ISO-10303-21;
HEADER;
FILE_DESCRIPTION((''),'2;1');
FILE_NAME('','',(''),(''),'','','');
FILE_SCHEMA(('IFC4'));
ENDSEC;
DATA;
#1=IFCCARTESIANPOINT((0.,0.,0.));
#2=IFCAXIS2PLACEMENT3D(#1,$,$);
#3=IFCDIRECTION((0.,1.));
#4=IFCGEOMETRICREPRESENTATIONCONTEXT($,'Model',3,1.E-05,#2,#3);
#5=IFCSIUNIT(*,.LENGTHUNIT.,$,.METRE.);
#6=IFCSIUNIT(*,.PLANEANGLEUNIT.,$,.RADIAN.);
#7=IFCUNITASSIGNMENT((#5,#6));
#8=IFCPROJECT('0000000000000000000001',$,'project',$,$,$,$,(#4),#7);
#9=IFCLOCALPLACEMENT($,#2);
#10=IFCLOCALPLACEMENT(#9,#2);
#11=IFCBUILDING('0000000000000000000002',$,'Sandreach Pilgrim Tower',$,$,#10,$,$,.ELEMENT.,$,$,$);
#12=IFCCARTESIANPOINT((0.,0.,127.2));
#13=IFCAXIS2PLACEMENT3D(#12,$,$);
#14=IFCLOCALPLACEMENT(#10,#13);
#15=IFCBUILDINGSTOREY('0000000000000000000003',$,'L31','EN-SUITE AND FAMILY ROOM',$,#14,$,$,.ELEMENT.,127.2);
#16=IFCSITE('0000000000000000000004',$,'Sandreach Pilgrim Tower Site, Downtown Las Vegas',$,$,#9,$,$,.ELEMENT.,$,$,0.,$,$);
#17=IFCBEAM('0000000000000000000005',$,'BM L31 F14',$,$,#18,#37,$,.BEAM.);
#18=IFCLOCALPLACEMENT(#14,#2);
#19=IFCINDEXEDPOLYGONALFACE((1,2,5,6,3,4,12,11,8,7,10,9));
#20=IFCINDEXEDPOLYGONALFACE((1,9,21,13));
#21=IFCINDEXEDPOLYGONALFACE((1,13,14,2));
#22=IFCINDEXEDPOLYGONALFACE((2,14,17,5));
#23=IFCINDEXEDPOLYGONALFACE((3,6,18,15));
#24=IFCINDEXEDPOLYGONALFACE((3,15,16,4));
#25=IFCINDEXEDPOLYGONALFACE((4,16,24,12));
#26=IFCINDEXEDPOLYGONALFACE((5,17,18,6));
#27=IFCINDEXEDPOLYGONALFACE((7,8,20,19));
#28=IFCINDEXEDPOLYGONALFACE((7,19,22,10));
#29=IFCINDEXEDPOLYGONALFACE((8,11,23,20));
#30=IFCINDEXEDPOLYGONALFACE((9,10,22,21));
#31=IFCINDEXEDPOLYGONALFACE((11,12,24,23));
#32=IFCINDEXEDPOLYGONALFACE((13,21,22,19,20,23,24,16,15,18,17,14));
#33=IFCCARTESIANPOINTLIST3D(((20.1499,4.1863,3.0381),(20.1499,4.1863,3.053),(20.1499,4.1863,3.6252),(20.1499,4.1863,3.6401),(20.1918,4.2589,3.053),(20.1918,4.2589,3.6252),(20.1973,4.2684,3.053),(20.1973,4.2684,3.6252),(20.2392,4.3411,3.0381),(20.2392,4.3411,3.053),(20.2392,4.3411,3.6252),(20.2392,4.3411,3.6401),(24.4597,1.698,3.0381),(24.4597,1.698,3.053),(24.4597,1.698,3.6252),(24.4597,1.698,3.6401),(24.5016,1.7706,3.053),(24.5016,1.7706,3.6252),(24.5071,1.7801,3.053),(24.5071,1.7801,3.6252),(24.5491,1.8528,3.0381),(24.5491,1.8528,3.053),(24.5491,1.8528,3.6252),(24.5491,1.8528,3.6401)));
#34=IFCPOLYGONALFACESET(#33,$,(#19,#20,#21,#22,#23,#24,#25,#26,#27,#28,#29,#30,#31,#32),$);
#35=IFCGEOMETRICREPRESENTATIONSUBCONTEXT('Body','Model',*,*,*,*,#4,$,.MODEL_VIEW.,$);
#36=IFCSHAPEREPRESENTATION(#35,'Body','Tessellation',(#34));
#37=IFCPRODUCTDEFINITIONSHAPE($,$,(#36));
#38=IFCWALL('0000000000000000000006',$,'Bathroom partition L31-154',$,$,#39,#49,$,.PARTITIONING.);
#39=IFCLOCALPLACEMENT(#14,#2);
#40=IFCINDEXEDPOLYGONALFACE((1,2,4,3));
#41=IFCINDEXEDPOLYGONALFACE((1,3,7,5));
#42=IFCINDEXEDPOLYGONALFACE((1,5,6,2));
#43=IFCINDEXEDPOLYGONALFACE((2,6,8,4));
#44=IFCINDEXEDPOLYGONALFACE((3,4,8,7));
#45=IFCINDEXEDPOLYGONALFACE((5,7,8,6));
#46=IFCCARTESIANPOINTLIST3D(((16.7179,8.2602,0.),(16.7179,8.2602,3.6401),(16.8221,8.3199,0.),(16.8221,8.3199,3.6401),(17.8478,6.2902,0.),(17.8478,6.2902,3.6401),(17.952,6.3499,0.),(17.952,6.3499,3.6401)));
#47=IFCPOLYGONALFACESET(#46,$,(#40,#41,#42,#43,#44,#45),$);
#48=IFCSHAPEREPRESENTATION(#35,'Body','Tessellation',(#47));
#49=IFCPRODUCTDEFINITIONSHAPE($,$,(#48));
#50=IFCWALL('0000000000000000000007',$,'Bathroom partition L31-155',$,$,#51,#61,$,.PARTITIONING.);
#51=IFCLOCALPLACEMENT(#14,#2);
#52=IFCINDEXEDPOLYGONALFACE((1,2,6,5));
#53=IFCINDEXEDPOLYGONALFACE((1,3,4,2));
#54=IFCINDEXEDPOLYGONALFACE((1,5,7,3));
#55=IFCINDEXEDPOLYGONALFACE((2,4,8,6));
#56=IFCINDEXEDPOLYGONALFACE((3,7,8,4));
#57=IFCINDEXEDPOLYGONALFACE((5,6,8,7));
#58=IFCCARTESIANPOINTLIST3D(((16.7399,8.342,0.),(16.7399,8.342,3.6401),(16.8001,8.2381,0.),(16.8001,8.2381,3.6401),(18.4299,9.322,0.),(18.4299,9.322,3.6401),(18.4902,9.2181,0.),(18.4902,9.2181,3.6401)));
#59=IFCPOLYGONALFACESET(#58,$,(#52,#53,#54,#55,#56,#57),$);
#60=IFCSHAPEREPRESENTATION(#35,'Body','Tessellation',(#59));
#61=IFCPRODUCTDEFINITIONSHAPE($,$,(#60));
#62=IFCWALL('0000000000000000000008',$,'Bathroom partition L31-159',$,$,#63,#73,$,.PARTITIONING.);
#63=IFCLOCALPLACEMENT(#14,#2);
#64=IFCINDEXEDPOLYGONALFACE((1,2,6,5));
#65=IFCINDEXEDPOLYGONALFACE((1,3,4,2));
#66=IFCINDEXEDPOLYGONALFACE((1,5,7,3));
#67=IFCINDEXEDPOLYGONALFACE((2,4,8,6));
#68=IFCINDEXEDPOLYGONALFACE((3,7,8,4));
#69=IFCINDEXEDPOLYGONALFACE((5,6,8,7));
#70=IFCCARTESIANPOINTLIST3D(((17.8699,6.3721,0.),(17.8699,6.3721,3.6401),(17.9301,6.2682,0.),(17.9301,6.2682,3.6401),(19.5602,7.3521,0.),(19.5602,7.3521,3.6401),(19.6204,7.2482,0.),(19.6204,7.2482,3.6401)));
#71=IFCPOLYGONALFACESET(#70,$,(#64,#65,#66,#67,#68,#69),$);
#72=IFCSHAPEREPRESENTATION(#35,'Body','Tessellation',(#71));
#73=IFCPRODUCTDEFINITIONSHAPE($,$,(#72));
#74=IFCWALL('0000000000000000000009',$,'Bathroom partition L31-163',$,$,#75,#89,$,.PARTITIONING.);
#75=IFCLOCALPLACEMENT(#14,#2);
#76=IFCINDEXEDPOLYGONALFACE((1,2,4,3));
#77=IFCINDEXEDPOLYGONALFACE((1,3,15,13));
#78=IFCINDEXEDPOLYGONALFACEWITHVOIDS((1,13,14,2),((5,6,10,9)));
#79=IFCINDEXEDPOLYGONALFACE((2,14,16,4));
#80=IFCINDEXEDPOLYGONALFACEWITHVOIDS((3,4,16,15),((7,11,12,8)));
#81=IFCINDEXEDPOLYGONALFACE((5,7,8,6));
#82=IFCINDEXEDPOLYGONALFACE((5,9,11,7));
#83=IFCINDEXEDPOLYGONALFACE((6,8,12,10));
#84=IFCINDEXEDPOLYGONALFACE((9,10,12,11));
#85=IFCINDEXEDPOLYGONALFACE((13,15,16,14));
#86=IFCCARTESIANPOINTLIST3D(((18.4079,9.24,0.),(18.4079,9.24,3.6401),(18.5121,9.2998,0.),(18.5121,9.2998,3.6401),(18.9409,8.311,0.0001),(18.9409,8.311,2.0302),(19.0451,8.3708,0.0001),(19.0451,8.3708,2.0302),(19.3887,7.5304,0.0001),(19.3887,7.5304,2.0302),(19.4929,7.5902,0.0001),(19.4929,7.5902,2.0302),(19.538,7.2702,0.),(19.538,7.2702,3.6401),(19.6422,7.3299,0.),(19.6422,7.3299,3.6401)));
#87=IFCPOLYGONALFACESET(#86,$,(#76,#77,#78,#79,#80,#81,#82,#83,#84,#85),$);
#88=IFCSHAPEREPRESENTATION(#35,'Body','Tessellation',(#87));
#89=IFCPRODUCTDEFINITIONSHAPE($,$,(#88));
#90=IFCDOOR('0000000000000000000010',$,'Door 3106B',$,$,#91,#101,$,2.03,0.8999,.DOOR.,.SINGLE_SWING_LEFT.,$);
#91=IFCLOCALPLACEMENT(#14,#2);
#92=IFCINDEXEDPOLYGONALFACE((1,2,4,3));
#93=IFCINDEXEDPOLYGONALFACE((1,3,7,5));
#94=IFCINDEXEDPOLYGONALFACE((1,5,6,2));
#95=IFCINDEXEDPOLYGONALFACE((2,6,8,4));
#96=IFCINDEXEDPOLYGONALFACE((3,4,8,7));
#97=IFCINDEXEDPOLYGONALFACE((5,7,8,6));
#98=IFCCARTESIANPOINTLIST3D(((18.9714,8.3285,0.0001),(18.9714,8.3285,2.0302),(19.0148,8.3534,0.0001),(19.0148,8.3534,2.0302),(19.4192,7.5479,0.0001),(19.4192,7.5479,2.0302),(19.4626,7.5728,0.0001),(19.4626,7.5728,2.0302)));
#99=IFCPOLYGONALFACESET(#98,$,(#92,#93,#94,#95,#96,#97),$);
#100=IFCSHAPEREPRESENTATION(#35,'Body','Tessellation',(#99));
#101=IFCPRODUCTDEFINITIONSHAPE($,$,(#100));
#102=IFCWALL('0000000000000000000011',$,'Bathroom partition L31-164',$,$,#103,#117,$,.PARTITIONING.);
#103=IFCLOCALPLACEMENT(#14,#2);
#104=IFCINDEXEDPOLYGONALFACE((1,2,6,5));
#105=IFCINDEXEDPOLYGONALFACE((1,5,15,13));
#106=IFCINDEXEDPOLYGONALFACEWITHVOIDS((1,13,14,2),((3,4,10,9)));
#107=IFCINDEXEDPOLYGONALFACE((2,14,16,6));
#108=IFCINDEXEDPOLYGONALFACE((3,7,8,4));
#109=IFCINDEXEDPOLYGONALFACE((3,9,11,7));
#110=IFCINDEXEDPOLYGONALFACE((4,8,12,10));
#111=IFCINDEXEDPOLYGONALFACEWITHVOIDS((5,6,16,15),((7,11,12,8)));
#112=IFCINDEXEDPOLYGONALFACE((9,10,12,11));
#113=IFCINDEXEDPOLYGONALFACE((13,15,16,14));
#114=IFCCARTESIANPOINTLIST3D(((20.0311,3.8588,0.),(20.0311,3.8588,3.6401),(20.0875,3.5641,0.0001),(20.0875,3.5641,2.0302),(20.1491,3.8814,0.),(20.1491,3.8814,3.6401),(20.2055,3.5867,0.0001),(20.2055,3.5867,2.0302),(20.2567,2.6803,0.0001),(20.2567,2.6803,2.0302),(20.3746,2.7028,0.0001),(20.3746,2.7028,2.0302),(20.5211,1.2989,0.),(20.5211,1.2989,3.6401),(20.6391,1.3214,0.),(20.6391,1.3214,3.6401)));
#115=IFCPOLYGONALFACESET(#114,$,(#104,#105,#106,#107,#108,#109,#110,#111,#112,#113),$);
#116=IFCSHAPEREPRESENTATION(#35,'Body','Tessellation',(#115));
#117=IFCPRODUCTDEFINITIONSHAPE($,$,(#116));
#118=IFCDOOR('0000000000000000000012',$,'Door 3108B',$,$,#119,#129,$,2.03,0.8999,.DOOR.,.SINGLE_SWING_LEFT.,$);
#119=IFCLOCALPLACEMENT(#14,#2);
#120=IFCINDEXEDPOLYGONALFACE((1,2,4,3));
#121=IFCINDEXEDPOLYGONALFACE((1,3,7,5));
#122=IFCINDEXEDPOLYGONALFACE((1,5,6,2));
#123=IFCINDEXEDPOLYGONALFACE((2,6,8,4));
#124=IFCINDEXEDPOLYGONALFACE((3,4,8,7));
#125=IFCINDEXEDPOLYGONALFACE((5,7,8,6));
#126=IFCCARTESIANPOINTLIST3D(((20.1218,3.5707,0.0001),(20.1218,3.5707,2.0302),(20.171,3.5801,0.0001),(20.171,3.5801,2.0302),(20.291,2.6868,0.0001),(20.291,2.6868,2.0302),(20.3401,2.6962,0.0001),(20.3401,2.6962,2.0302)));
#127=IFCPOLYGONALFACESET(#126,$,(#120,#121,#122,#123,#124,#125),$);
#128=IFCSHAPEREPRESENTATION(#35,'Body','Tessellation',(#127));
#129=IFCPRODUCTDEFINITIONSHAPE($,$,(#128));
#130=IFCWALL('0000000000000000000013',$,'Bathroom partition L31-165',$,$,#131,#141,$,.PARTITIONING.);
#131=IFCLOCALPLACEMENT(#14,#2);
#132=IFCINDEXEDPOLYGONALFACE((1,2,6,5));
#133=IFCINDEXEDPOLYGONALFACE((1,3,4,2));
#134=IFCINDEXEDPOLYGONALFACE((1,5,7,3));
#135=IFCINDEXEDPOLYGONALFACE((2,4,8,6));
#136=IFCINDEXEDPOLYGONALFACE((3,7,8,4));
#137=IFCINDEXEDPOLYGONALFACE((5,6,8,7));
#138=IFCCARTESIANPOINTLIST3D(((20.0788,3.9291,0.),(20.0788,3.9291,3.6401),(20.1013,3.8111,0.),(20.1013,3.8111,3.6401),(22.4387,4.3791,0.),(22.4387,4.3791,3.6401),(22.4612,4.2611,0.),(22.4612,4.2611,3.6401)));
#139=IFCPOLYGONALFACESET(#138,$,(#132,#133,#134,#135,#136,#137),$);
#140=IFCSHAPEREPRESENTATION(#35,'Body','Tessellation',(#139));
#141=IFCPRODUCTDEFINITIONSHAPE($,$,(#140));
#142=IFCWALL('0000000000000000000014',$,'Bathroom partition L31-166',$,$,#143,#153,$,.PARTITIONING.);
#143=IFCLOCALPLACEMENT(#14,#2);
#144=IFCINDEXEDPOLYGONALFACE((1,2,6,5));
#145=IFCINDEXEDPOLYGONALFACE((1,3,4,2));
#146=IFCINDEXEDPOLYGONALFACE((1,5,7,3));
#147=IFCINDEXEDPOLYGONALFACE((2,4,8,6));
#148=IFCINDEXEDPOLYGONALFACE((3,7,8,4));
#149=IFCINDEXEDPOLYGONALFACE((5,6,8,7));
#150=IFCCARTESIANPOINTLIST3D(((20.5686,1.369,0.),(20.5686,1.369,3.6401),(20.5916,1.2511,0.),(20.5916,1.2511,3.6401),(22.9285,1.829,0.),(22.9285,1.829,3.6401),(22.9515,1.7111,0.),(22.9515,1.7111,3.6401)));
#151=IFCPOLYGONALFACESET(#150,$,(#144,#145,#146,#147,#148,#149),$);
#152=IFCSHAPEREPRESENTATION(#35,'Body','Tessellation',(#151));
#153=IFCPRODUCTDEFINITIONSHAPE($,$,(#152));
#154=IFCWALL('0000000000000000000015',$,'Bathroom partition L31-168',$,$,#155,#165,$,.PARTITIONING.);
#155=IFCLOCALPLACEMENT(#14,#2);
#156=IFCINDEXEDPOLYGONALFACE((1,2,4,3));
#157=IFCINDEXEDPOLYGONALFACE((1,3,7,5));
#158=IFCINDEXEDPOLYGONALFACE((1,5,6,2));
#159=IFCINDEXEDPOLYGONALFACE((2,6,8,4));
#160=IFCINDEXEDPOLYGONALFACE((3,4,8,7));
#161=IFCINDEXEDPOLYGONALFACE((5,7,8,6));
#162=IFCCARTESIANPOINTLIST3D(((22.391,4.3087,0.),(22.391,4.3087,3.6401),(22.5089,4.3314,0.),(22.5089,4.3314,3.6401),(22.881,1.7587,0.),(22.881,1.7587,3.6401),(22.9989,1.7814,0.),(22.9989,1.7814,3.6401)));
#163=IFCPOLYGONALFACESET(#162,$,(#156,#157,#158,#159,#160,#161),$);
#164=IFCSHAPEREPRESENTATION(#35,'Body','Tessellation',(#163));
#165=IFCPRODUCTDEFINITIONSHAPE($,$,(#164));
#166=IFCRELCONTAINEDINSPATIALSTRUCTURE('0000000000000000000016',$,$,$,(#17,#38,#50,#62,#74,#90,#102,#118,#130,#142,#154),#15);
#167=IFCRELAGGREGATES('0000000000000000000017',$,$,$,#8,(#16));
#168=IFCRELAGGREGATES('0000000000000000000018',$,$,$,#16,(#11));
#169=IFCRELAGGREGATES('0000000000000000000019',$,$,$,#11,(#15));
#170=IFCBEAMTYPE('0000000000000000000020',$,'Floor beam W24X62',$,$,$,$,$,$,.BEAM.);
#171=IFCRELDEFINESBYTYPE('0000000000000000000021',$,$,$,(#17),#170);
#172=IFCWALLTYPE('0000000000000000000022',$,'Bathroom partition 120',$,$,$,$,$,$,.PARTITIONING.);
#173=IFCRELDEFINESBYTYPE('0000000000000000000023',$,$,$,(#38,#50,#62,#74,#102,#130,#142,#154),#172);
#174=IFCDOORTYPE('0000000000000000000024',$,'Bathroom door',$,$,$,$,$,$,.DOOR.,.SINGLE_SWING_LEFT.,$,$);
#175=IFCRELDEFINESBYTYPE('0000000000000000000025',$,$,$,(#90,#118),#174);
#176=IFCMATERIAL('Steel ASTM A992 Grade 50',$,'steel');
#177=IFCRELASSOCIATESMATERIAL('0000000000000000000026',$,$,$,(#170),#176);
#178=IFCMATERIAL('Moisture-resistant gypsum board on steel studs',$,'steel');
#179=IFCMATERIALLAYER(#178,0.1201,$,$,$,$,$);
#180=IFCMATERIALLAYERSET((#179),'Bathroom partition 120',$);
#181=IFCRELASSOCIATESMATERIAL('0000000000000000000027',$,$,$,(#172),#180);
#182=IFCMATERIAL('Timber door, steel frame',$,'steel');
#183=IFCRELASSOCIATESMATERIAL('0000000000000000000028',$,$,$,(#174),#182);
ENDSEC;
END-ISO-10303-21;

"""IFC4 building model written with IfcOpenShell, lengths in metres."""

from ifc_helpers import new_model, si_unit, direction, frame, frame_2d, origin, origin_2d, place, context, subcontext, project, spatial, rectangle, i_section, extrude, material, layer, layer_set, material_profile, profile_set, type_object, element, fill, save


model = new_model("IFC4")

# Units and contexts
model_context = context("Model", 3, precision=1e-05, world=origin(), true_north=direction((0.0, 1.0)))
body_context = subcontext(model_context, "Body", "Model", "MODEL_VIEW")
ifc_project = project(units=[si_unit("LENGTHUNIT", "METRE"), si_unit("PLANEANGLEUNIT", "RADIAN")], contexts=[model_context])

# Site, building, storey
site_placement = place(None, origin())
site = spatial("IfcSite", under=ifc_project, at=site_placement, Name="Sandreach Pilgrim Tower Site, Downtown Las Vegas", CompositionType="ELEMENT", RefElevation=0.0)
building_placement = place(site_placement, origin())
building = spatial("IfcBuilding", under=site, at=building_placement, Name="Sandreach Pilgrim Tower", CompositionType="ELEMENT")
storey_placement = place(building_placement, frame((0.0, 0.0, 127.2)))
storey = spatial("IfcBuildingStorey", under=building, at=storey_placement, Name="L31", Description="EN-SUITE AND FAMILY ROOM", CompositionType="ELEMENT", Elevation=127.2)

# Beam
ifc_material_1 = material(Name="Steel ASTM A992 Grade 50", Category="steel")
ifc_material_profile = material_profile(ifc_material_1, i_section(OverallWidth=0.1787, OverallDepth=0.6021, WebThickness=0.011, FlangeThickness=0.0149, at=origin_2d()), Name="W24X62")
ifc_profile_set = profile_set([ifc_material_profile], Name="Steel ASTM A992 Grade 50")
beam_type = type_object("IfcBeamType", Name="Floor beam W24X62", PredefinedType="BEAM", material=ifc_profile_set)
beam_placement = place(storey_placement, frame((24.5044, 1.7754, 3.3391), z_axis=(-0.866025, 0.500001, 0.0), x_axis=(-0.500001, -0.866025, 0.0)))
element("IfcBeam", 1, at=beam_placement, inside=storey, type_object=beam_type, Name="BM L31 F14", PredefinedType="BEAM", context=body_context, shape_type="SweptSolid", body=[
    extrude(i_section(OverallWidth=0.1787, OverallDepth=0.6021, WebThickness=0.011, FlangeThickness=0.0149, at=origin_2d()), origin(), (0.0, 0.0, 1.0), 4.9766),
])

# Walls
ifc_material_2 = material(Name="Moisture-resistant gypsum board on steel studs", Category="steel")
ifc_layer_1 = layer(ifc_material_2, 0.1201)
ifc_layer_set_1 = layer_set([ifc_layer_1], Name="Bathroom partition 120")
wall_type_1 = type_object("IfcWallType", Name="Bathroom partition 120", PredefinedType="PARTITIONING", material=ifc_layer_set_1)
wall_1_placement = place(storey_placement, frame((16.77, 8.29, 0.0), z_axis=(0.0, 0.0, 1.0), x_axis=(0.497528, -0.867448, 0.0)))
element("IfcWall", 2, at=wall_1_placement, inside=storey, type_object=wall_type_1, Name="Bathroom partition L31-154", PredefinedType="PARTITIONING", context=body_context, shape_type="SweptSolid", body=[
    extrude(rectangle(XDim=2.271, YDim=0.1201, at=frame_2d((1.1355, 0.0))), origin(), (0.0, 0.0, 1.0), 3.6401),
])
wall_2_placement = place(storey_placement, frame((16.77, 8.29, 0.0), z_axis=(0.0, 0.0, 1.0), x_axis=(0.865072, 0.501647, 0.0)))
element("IfcWall", 3, at=wall_2_placement, inside=storey, type_object=wall_type_1, Name="Bathroom partition L31-155", PredefinedType="PARTITIONING", context=body_context, shape_type="SweptSolid", body=[
    extrude(rectangle(XDim=1.9536, YDim=0.1201, at=frame_2d((0.9768, 0.0))), origin(), (0.0, 0.0, 1.0), 3.6401),
])
wall_3_placement = place(storey_placement, frame((17.8999, 6.3201, 0.0), z_axis=(0.0, 0.0, 1.0), x_axis=(0.865104, 0.501593, 0.0)))
element("IfcWall", 4, at=wall_3_placement, inside=storey, type_object=wall_type_1, Name="Bathroom partition L31-159", PredefinedType="PARTITIONING", context=body_context, shape_type="SweptSolid", body=[
    extrude(rectangle(XDim=1.9539, YDim=0.1201, at=frame_2d((0.9771, 0.0))), origin(), (0.0, 0.0, 1.0), 3.6401),
])

# Walls, openings, doors
wall_4_placement = place(storey_placement, frame((19.5901, 7.3, 0.0), z_axis=(0.0, 0.0, 1.0), x_axis=(-0.497608, 0.867402, 0.0)))
wall_4 = element("IfcWall", 5, at=wall_4_placement, inside=storey, type_object=wall_type_1, Name="Bathroom partition L31-163", PredefinedType="PARTITIONING", context=body_context, shape_type="SweptSolid", body=[
    extrude(rectangle(XDim=2.271, YDim=0.1201, at=frame_2d((1.1355, 0.0))), origin(), (0.0, 0.0, 1.0), 3.6401),
])
opening_1_placement = place(wall_4_placement, frame((0.3, 0.0, 0.0)))
opening_1 = element("IfcOpeningElement", 6, at=opening_1_placement, cuts=wall_4, PredefinedType="OPENING", context=body_context, shape_type="SweptSolid", body=[
    extrude(rectangle(XDim=0.8999, YDim=2.03, at=frame_2d((0.45, 1.0151))), frame((0.0, 0.0601, 0.0), z_axis=(0.0, -1.0, 0.0), x_axis=(1.0, 0.0, 0.0)), (0.0, 0.0, 1.0), 0.1201),
])
ifc_material_3 = material(Name="Timber door, steel frame", Category="steel")
door_type_1 = type_object("IfcDoorType", Name="Bathroom door", OperationType="SINGLE_SWING_LEFT", PredefinedType="DOOR", material=ifc_material_3)
door_1_placement = place(opening_1_placement, origin())
door_1 = element("IfcDoor", 7, at=door_1_placement, inside=storey, type_object=door_type_1, Name="Door 3106B", OperationType="SINGLE_SWING_LEFT", OverallHeight=2.03, OverallWidth=0.8999, PredefinedType="DOOR", context=body_context, shape_type="SweptSolid", body=[
    extrude(rectangle(XDim=0.8999, YDim=2.03, at=frame_2d((0.45, 1.0151))), frame((0.0, 0.0249, 0.0), z_axis=(0.0, -1.0, 0.0), x_axis=(1.0, 0.0, 0.0)), (0.0, 0.0, 1.0), 0.05),
])
fill(opening_1, door_1)
wall_5_placement = place(storey_placement, frame((20.0901, 3.8701, 0.0), z_axis=(0.0, 0.0, 1.0), x_axis=(0.187986, -0.982172, 0.0)))
wall_5 = element("IfcWall", 8, at=wall_5_placement, inside=storey, type_object=wall_type_1, Name="Bathroom partition L31-164", PredefinedType="PARTITIONING", context=body_context, shape_type="SweptSolid", body=[
    extrude(rectangle(XDim=2.6064, YDim=0.1201, at=frame_2d((1.3032, 0.0))), origin(), (0.0, 0.0, 1.0), 3.6401),
])
opening_2_placement = place(wall_5_placement, frame((0.3, 0.0, 0.0)))
opening_2 = element("IfcOpeningElement", 9, at=opening_2_placement, cuts=wall_5, PredefinedType="OPENING", context=body_context, shape_type="SweptSolid", body=[
    extrude(rectangle(XDim=0.8999, YDim=2.03, at=frame_2d((0.45, 1.0151))), frame((0.0, 0.0601, 0.0), z_axis=(0.0, -1.0, 0.0), x_axis=(1.0, 0.0, 0.0)), (0.0, 0.0, 1.0), 0.1201),
])
door_2_placement = place(opening_2_placement, origin())
door_2 = element("IfcDoor", 10, at=door_2_placement, inside=storey, type_object=door_type_1, Name="Door 3108B", OperationType="SINGLE_SWING_LEFT", OverallHeight=2.03, OverallWidth=0.8999, PredefinedType="DOOR", context=body_context, shape_type="SweptSolid", body=[
    extrude(rectangle(XDim=0.8999, YDim=2.03, at=frame_2d((0.45, 1.0151))), frame((0.0, 0.0249, 0.0), z_axis=(0.0, -1.0, 0.0), x_axis=(1.0, 0.0, 0.0)), (0.0, 0.0, 1.0), 0.05),
])
fill(opening_2, door_2)

# Walls
wall_6_placement = place(storey_placement, frame((20.0901, 3.8701, 0.0), z_axis=(0.0, 0.0, 1.0), x_axis=(0.982304, 0.187294, 0.0)))
element("IfcWall", 11, at=wall_6_placement, inside=storey, type_object=wall_type_1, Name="Bathroom partition L31-165", PredefinedType="PARTITIONING", context=body_context, shape_type="SweptSolid", body=[
    extrude(rectangle(XDim=2.4023, YDim=0.1201, at=frame_2d((1.2012, 0.0))), origin(), (0.0, 0.0, 1.0), 3.6401),
])
wall_7_placement = place(storey_placement, frame((20.5801, 1.3101, 0.0), z_axis=(0.0, 0.0, 1.0), x_axis=(0.98153, 0.19131, 0.0)))
element("IfcWall", 12, at=wall_7_placement, inside=storey, type_object=wall_type_1, Name="Bathroom partition L31-166", PredefinedType="PARTITIONING", context=body_context, shape_type="SweptSolid", body=[
    extrude(rectangle(XDim=2.4043, YDim=0.1201, at=frame_2d((1.2021, 0.0))), origin(), (0.0, 0.0, 1.0), 3.6401),
])
wall_8_placement = place(storey_placement, frame((22.9399, 1.77, 0.0), z_axis=(0.0, 0.0, 1.0), x_axis=(-0.188697, 0.982035, 0.0)))
element("IfcWall", 13, at=wall_8_placement, inside=storey, type_object=wall_type_1, Name="Bathroom partition L31-168", PredefinedType="PARTITIONING", context=body_context, shape_type="SweptSolid", body=[
    extrude(rectangle(XDim=2.5967, YDim=0.1201, at=frame_2d((1.2983, 0.0))), origin(), (0.0, 0.0, 1.0), 3.6401),
])

save(model, "model.ifc")
